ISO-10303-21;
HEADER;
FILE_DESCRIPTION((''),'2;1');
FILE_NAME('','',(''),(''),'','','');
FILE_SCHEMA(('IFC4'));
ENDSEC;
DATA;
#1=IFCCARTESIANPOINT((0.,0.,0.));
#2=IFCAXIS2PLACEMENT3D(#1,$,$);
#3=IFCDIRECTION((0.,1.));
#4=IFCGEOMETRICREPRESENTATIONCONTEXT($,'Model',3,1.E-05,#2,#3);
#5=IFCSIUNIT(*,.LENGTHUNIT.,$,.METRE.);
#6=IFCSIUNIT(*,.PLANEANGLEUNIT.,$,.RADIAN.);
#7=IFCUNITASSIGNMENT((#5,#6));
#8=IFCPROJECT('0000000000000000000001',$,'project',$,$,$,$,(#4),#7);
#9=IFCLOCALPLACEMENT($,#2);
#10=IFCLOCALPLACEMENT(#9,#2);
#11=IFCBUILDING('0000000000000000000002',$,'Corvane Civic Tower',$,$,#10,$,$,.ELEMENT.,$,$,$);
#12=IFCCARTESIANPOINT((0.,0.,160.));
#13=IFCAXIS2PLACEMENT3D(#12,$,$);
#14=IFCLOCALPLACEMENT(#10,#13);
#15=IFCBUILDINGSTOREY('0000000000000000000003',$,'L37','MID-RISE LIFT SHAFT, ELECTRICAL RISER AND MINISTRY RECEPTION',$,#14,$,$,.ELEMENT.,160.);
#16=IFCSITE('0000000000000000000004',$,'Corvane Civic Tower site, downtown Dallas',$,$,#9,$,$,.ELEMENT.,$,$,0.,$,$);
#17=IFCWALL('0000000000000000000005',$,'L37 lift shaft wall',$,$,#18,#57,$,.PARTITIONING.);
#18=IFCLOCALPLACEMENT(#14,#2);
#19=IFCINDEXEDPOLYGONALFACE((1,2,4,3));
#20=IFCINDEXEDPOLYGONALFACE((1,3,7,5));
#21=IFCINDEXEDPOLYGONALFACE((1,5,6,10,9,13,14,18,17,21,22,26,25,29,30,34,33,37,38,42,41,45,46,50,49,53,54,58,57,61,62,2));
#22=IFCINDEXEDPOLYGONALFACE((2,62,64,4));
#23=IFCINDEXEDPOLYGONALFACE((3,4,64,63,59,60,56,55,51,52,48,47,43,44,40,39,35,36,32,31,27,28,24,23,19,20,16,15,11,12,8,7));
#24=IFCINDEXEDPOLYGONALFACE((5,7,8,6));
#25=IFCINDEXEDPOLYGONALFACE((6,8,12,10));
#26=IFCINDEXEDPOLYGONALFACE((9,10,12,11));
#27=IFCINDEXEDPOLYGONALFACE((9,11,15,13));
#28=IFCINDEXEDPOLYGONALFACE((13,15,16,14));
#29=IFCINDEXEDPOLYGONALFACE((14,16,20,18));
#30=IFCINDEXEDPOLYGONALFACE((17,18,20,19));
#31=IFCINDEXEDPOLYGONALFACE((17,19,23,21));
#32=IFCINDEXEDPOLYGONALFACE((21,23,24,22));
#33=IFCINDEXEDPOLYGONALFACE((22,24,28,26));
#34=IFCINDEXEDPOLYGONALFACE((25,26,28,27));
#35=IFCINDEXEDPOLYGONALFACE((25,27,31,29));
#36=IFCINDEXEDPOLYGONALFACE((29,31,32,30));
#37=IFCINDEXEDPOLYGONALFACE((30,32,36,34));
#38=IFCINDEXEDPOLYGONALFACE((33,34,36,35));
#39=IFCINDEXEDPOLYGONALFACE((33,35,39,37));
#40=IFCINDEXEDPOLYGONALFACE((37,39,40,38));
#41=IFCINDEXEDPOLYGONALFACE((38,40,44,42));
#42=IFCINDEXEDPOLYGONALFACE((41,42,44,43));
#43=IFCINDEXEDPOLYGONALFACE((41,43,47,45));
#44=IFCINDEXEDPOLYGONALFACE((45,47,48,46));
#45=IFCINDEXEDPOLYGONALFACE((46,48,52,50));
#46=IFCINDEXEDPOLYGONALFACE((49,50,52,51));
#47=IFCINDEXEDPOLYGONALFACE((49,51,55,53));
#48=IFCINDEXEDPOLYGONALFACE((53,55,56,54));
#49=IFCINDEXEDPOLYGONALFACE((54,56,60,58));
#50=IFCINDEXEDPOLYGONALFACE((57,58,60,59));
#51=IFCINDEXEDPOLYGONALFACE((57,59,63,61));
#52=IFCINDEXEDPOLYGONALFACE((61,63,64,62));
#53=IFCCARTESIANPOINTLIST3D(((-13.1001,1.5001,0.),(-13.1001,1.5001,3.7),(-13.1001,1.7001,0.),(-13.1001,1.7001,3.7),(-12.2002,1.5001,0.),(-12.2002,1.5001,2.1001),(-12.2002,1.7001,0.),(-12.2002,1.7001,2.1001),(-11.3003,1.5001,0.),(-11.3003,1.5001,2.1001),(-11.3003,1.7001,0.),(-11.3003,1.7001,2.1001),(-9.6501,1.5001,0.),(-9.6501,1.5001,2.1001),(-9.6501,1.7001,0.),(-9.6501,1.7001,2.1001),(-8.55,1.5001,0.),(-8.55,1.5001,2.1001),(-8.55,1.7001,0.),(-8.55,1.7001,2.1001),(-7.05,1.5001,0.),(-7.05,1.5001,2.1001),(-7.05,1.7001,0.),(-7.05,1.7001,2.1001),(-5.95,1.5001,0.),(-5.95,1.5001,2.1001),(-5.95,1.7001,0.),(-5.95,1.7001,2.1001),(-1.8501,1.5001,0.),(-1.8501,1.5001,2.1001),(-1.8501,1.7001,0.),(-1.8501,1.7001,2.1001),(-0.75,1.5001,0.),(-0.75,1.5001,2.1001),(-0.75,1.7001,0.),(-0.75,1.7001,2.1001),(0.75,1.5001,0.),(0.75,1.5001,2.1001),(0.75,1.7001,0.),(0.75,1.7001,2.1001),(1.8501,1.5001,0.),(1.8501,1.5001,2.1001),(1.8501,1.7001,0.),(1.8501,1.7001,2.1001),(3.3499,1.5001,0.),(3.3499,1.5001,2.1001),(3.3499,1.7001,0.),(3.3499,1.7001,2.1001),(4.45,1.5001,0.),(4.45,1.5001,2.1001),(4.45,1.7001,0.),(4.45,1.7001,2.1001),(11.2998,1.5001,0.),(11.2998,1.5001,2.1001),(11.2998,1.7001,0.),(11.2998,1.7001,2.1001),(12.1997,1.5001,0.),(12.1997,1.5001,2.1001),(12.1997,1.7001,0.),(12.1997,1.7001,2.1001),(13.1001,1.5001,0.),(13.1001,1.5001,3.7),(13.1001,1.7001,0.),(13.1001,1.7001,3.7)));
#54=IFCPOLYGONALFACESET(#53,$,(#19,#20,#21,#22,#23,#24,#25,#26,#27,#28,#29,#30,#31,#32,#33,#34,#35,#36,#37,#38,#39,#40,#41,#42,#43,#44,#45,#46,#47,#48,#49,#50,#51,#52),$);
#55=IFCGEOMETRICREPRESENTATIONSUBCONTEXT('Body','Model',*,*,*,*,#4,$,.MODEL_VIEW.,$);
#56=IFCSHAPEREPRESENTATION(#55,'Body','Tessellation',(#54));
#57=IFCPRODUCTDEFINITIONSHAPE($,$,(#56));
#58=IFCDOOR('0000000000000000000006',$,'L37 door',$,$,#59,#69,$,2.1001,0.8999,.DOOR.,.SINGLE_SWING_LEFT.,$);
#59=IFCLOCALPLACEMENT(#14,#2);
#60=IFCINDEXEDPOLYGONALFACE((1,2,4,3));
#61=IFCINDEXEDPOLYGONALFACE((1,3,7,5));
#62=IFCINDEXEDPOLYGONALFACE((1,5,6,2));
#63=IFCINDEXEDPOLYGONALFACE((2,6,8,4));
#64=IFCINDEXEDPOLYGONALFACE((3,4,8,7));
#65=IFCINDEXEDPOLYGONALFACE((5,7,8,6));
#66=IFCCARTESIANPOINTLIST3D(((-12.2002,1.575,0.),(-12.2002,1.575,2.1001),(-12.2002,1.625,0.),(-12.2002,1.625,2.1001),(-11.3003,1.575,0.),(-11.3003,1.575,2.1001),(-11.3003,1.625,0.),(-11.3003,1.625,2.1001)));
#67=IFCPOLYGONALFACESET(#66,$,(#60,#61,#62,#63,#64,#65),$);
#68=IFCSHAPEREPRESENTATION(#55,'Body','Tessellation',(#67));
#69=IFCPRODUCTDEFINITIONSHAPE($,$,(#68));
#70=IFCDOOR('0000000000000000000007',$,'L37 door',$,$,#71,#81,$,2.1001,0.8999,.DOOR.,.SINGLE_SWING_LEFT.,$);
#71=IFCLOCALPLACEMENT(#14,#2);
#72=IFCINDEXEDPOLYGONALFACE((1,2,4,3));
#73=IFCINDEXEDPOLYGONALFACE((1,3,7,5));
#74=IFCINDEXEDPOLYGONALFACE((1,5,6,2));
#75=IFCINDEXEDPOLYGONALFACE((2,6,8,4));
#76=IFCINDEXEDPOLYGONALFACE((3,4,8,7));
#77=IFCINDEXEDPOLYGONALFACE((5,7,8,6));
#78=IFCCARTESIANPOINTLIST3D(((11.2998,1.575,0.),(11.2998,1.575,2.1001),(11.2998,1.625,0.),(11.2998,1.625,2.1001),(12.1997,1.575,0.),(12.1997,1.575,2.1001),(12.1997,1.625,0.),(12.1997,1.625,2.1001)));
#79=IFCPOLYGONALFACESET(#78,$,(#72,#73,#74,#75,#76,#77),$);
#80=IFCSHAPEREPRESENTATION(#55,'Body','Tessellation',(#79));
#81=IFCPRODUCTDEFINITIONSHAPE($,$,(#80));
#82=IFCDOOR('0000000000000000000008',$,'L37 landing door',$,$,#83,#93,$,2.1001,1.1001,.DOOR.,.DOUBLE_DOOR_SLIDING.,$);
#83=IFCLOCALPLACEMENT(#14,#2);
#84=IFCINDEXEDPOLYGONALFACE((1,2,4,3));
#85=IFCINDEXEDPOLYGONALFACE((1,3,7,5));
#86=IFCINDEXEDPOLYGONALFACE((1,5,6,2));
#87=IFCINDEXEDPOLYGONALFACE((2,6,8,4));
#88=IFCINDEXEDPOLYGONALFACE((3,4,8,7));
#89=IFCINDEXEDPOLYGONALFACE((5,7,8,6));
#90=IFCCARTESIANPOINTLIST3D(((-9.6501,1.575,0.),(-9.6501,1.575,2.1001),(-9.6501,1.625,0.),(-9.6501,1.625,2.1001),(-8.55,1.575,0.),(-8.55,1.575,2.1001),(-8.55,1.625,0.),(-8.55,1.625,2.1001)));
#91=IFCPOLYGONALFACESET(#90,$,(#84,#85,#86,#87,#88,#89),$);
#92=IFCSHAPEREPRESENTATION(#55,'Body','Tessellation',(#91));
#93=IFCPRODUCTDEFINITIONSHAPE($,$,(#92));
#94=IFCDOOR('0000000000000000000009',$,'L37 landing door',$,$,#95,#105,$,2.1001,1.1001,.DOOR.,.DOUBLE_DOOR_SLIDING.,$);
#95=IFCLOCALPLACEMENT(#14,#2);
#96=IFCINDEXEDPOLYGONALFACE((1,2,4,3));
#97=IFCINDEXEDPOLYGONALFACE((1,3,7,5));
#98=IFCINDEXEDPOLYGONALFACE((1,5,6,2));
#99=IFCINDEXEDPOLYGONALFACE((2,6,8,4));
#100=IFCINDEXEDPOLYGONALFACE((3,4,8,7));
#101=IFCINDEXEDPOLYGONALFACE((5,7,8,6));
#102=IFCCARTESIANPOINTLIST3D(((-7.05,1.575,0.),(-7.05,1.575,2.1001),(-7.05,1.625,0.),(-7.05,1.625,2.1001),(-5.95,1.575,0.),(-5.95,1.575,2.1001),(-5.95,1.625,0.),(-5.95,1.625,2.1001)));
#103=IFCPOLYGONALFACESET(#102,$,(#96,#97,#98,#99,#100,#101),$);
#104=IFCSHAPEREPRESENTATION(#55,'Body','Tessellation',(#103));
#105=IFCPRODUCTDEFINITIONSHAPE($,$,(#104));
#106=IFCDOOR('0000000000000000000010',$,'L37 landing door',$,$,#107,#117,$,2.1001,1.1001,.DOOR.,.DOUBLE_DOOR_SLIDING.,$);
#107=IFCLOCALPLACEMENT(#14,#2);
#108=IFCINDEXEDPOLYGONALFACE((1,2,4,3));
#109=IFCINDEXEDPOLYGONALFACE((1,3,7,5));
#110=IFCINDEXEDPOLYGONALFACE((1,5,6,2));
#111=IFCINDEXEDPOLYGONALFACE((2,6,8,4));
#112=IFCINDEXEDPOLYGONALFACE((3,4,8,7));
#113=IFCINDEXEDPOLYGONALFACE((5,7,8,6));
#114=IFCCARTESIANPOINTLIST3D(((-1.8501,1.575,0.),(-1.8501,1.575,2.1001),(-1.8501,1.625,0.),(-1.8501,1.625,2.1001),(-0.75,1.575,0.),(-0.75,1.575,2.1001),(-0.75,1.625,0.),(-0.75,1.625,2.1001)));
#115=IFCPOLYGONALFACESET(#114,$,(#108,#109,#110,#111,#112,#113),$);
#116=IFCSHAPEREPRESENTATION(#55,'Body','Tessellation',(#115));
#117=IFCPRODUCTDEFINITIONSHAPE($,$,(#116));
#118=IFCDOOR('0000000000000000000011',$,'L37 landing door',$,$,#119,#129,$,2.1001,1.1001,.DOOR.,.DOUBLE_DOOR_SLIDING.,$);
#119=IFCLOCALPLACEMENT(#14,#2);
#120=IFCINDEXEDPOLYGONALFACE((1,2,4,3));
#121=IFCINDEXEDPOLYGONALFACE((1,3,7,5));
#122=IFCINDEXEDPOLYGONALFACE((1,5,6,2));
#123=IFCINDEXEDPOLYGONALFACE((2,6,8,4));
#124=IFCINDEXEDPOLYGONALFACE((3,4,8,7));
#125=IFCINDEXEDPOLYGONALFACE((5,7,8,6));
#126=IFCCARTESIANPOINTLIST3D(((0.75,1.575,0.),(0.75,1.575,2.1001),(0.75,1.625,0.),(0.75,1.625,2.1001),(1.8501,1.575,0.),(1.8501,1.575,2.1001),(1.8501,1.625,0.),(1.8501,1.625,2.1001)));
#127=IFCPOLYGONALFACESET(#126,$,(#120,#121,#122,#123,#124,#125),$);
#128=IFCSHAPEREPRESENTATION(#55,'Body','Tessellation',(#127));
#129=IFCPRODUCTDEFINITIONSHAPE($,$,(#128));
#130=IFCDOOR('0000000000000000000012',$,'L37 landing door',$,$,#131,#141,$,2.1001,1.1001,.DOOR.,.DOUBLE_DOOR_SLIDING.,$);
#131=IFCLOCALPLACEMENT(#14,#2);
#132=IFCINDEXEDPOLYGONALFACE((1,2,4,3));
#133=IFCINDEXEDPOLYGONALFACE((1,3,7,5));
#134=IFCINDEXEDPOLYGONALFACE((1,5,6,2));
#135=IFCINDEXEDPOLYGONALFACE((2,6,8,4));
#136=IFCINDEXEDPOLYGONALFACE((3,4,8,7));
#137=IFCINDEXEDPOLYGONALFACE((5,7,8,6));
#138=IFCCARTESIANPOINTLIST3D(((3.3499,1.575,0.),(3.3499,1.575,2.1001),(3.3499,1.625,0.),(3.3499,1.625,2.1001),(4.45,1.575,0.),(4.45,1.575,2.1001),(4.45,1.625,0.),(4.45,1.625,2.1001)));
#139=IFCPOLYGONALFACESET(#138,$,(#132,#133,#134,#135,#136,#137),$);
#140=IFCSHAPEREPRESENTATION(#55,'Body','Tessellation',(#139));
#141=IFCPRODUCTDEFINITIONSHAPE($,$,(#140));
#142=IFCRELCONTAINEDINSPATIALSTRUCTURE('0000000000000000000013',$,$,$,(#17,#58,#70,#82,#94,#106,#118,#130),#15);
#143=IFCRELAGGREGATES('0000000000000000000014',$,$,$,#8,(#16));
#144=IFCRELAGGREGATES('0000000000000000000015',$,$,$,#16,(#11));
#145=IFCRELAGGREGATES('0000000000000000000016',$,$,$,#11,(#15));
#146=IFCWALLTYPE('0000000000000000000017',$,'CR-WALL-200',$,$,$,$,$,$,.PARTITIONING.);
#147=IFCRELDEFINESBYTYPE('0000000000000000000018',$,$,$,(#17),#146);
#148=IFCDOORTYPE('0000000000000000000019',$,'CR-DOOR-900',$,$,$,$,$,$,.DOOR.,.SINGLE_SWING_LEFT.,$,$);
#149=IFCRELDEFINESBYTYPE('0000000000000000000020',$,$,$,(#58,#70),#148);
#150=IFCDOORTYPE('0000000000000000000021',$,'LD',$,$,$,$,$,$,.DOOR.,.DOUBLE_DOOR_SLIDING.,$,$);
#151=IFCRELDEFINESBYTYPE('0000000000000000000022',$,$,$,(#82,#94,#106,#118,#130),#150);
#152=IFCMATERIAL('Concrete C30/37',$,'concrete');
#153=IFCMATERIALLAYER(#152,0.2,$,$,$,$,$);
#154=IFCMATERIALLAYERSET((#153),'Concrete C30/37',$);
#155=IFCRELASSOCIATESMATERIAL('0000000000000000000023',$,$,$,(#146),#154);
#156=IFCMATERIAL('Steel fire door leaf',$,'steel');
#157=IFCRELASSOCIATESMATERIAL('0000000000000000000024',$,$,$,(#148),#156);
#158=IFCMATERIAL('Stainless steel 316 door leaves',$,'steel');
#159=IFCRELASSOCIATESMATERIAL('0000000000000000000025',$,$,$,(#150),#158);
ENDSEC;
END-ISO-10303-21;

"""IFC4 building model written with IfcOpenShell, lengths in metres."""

from ifc_helpers import new_model, si_unit, direction, frame, frame_2d, origin, place, context, subcontext, project, spatial, rectangle, extrude, material, layer, layer_set, type_object, element, fill, save


model = new_model("IFC4")

# Units and contexts
model_context = context("Model", 3, precision=1e-05, world=origin(), true_north=direction((0.0, 1.0)))
body_context = subcontext(model_context, "Body", "Model", "MODEL_VIEW")
ifc_project = project(units=[si_unit("LENGTHUNIT", "METRE"), si_unit("PLANEANGLEUNIT", "RADIAN")], contexts=[model_context])

# Site, building, storey
site_placement = place(None, origin())
site = spatial("IfcSite", under=ifc_project, at=site_placement, Name="Corvane Civic Tower site, downtown Dallas", CompositionType="ELEMENT", RefElevation=0.0)
building_placement = place(site_placement, origin())
building = spatial("IfcBuilding", under=site, at=building_placement, Name="Corvane Civic Tower", CompositionType="ELEMENT")
storey_placement = place(building_placement, frame((0.0, 0.0, 160.0)))
storey = spatial("IfcBuildingStorey", under=building, at=storey_placement, Name="L37", Description="MID-RISE LIFT SHAFT, ELECTRICAL RISER AND MINISTRY RECEPTION", CompositionType="ELEMENT", Elevation=160.0)

# Wall, openings, doors
ifc_material_1 = material(Name="Concrete C30/37", Category="concrete")
ifc_layer_1 = layer(ifc_material_1, 0.2)
ifc_layer_set_1 = layer_set([ifc_layer_1], Name="Concrete C30/37")
wall_type_1 = type_object("IfcWallType", Name="CR-WALL-200", PredefinedType="PARTITIONING", material=ifc_layer_set_1)
wall_1_placement = place(storey_placement, frame((-13.1001, 1.6001, 0.0), z_axis=(0.0, 0.0, 1.0), x_axis=(1.0, 0.0, 0.0)))
wall_1 = element("IfcWall", 1, at=wall_1_placement, inside=storey, type_object=wall_type_1, Name="L37 lift shaft wall", PredefinedType="PARTITIONING", context=body_context, shape_type="SweptSolid", body=[
    extrude(rectangle(XDim=26.2002, YDim=0.2, at=frame_2d((13.1001, 0.0))), origin(), (0.0, 0.0, 1.0), 3.7),
])
opening_1_placement = place(wall_1_placement, frame((3.45, 0.0, 0.0)))
opening_1 = element("IfcOpeningElement", 2, at=opening_1_placement, cuts=wall_1, PredefinedType="OPENING", context=body_context, shape_type="SweptSolid", body=[
    extrude(rectangle(XDim=1.1001, YDim=2.1001, at=frame_2d((0.55, 1.05))), frame((0.0, 0.1099, 0.0), z_axis=(0.0, -1.0, 0.0), x_axis=(1.0, 0.0, 0.0)), (0.0, 0.0, 1.0), 0.22),
])
opening_2_placement = place(wall_1_placement, frame((6.05, 0.0, 0.0)))
opening_2 = element("IfcOpeningElement", 3, at=opening_2_placement, cuts=wall_1, PredefinedType="OPENING", context=body_context, shape_type="SweptSolid", body=[
    extrude(rectangle(XDim=1.1001, YDim=2.1001, at=frame_2d((0.55, 1.05))), frame((0.0, 0.1099, 0.0), z_axis=(0.0, -1.0, 0.0), x_axis=(1.0, 0.0, 0.0)), (0.0, 0.0, 1.0), 0.22),
])
opening_3_placement = place(wall_1_placement, frame((11.25, 0.0, 0.0)))
opening_3 = element("IfcOpeningElement", 4, at=opening_3_placement, cuts=wall_1, PredefinedType="OPENING", context=body_context, shape_type="SweptSolid", body=[
    extrude(rectangle(XDim=1.1001, YDim=2.1001, at=frame_2d((0.55, 1.05))), frame((0.0, 0.1099, 0.0), z_axis=(0.0, -1.0, 0.0), x_axis=(1.0, 0.0, 0.0)), (0.0, 0.0, 1.0), 0.22),
])
opening_4_placement = place(wall_1_placement, frame((13.8501, 0.0, 0.0)))
opening_4 = element("IfcOpeningElement", 5, at=opening_4_placement, cuts=wall_1, PredefinedType="OPENING", context=body_context, shape_type="SweptSolid", body=[
    extrude(rectangle(XDim=1.1001, YDim=2.1001, at=frame_2d((0.55, 1.05))), frame((0.0, 0.1099, 0.0), z_axis=(0.0, -1.0, 0.0), x_axis=(1.0, 0.0, 0.0)), (0.0, 0.0, 1.0), 0.22),
])
opening_5_placement = place(wall_1_placement, frame((16.45, 0.0, 0.0)))
opening_5 = element("IfcOpeningElement", 6, at=opening_5_placement, cuts=wall_1, PredefinedType="OPENING", context=body_context, shape_type="SweptSolid", body=[
    extrude(rectangle(XDim=1.1001, YDim=2.1001, at=frame_2d((0.55, 1.05))), frame((0.0, 0.1099, 0.0), z_axis=(0.0, -1.0, 0.0), x_axis=(1.0, 0.0, 0.0)), (0.0, 0.0, 1.0), 0.22),
])
opening_6_placement = place(wall_1_placement, frame((0.8999, 0.0, 0.0)))
opening_6 = element("IfcOpeningElement", 7, at=opening_6_placement, cuts=wall_1, PredefinedType="OPENING", context=body_context, shape_type="SweptSolid", body=[
    extrude(rectangle(XDim=0.8999, YDim=2.1001, at=frame_2d((0.45, 1.05))), frame((0.0, 0.1099, 0.0), z_axis=(0.0, -1.0, 0.0), x_axis=(1.0, 0.0, 0.0)), (0.0, 0.0, 1.0), 0.22),
])
opening_7_placement = place(wall_1_placement, frame((24.3999, 0.0, 0.0)))
opening_7 = element("IfcOpeningElement", 8, at=opening_7_placement, cuts=wall_1, PredefinedType="OPENING", context=body_context, shape_type="SweptSolid", body=[
    extrude(rectangle(XDim=0.8999, YDim=2.1001, at=frame_2d((0.45, 1.05))), frame((0.0, 0.1099, 0.0), z_axis=(0.0, -1.0, 0.0), x_axis=(1.0, 0.0, 0.0)), (0.0, 0.0, 1.0), 0.22),
])
ifc_material_2 = material(Name="Steel fire door leaf", Category="steel")
door_type_1 = type_object("IfcDoorType", Name="CR-DOOR-900", OperationType="SINGLE_SWING_LEFT", PredefinedType="DOOR", material=ifc_material_2)
door_1_placement = place(opening_6_placement, origin())
door_1 = element("IfcDoor", 9, at=door_1_placement, inside=storey, type_object=door_type_1, Name="L37 door", OperationType="SINGLE_SWING_LEFT", OverallHeight=2.1001, OverallWidth=0.8999, PredefinedType="DOOR", context=body_context, shape_type="SweptSolid", body=[
    extrude(rectangle(XDim=0.8999, YDim=2.1001, at=frame_2d((0.45, 1.05))), frame((0.0, 0.0249, 0.0), z_axis=(0.0, -1.0, 0.0), x_axis=(1.0, 0.0, 0.0)), (0.0, 0.0, 1.0), 0.05),
])
fill(opening_6, door_1)
door_2_placement = place(opening_7_placement, origin())
door_2 = element("IfcDoor", 10, at=door_2_placement, inside=storey, type_object=door_type_1, Name="L37 door", OperationType="SINGLE_SWING_LEFT", OverallHeight=2.1001, OverallWidth=0.8999, PredefinedType="DOOR", context=body_context, shape_type="SweptSolid", body=[
    extrude(rectangle(XDim=0.8999, YDim=2.1001, at=frame_2d((0.45, 1.05))), frame((0.0, 0.0249, 0.0), z_axis=(0.0, -1.0, 0.0), x_axis=(1.0, 0.0, 0.0)), (0.0, 0.0, 1.0), 0.05),
])
fill(opening_7, door_2)
ifc_material_3 = material(Name="Stainless steel 316 door leaves", Category="steel")
door_type_2 = type_object("IfcDoorType", Name="LD", OperationType="DOUBLE_DOOR_SLIDING", PredefinedType="DOOR", material=ifc_material_3)
door_3_placement = place(opening_1_placement, origin())
door_3 = element("IfcDoor", 11, at=door_3_placement, inside=storey, type_object=door_type_2, Name="L37 landing door", OperationType="DOUBLE_DOOR_SLIDING", OverallHeight=2.1001, OverallWidth=1.1001, PredefinedType="DOOR", context=body_context, shape_type="SweptSolid", body=[
    extrude(rectangle(XDim=1.1001, YDim=2.1001, at=frame_2d((0.55, 1.05))), frame((0.0, 0.0249, 0.0), z_axis=(0.0, -1.0, 0.0), x_axis=(1.0, 0.0, 0.0)), (0.0, 0.0, 1.0), 0.05),
])
fill(opening_1, door_3)
door_4_placement = place(opening_2_placement, origin())
door_4 = element("IfcDoor", 12, at=door_4_placement, inside=storey, type_object=door_type_2, Name="L37 landing door", OperationType="DOUBLE_DOOR_SLIDING", OverallHeight=2.1001, OverallWidth=1.1001, PredefinedType="DOOR", context=body_context, shape_type="SweptSolid", body=[
    extrude(rectangle(XDim=1.1001, YDim=2.1001, at=frame_2d((0.55, 1.05))), frame((0.0, 0.0249, 0.0), z_axis=(0.0, -1.0, 0.0), x_axis=(1.0, 0.0, 0.0)), (0.0, 0.0, 1.0), 0.05),
])
fill(opening_2, door_4)
door_5_placement = place(opening_3_placement, origin())
door_5 = element("IfcDoor", 13, at=door_5_placement, inside=storey, type_object=door_type_2, Name="L37 landing door", OperationType="DOUBLE_DOOR_SLIDING", OverallHeight=2.1001, OverallWidth=1.1001, PredefinedType="DOOR", context=body_context, shape_type="SweptSolid", body=[
    extrude(rectangle(XDim=1.1001, YDim=2.1001, at=frame_2d((0.55, 1.05))), frame((0.0, 0.0249, 0.0), z_axis=(0.0, -1.0, 0.0), x_axis=(1.0, 0.0, 0.0)), (0.0, 0.0, 1.0), 0.05),
])
fill(opening_3, door_5)
door_6_placement = place(opening_4_placement, origin())
door_6 = element("IfcDoor", 14, at=door_6_placement, inside=storey, type_object=door_type_2, Name="L37 landing door", OperationType="DOUBLE_DOOR_SLIDING", OverallHeight=2.1001, OverallWidth=1.1001, PredefinedType="DOOR", context=body_context, shape_type="SweptSolid", body=[
    extrude(rectangle(XDim=1.1001, YDim=2.1001, at=frame_2d((0.55, 1.05))), frame((0.0, 0.0249, 0.0), z_axis=(0.0, -1.0, 0.0), x_axis=(1.0, 0.0, 0.0)), (0.0, 0.0, 1.0), 0.05),
])
fill(opening_4, door_6)
door_7_placement = place(opening_5_placement, origin())
door_7 = element("IfcDoor", 15, at=door_7_placement, inside=storey, type_object=door_type_2, Name="L37 landing door", OperationType="DOUBLE_DOOR_SLIDING", OverallHeight=2.1001, OverallWidth=1.1001, PredefinedType="DOOR", context=body_context, shape_type="SweptSolid", body=[
    extrude(rectangle(XDim=1.1001, YDim=2.1001, at=frame_2d((0.55, 1.05))), frame((0.0, 0.0249, 0.0), z_axis=(0.0, -1.0, 0.0), x_axis=(1.0, 0.0, 0.0)), (0.0, 0.0, 1.0), 0.05),
])
fill(opening_5, door_7)

save(model, "model.ifc")
